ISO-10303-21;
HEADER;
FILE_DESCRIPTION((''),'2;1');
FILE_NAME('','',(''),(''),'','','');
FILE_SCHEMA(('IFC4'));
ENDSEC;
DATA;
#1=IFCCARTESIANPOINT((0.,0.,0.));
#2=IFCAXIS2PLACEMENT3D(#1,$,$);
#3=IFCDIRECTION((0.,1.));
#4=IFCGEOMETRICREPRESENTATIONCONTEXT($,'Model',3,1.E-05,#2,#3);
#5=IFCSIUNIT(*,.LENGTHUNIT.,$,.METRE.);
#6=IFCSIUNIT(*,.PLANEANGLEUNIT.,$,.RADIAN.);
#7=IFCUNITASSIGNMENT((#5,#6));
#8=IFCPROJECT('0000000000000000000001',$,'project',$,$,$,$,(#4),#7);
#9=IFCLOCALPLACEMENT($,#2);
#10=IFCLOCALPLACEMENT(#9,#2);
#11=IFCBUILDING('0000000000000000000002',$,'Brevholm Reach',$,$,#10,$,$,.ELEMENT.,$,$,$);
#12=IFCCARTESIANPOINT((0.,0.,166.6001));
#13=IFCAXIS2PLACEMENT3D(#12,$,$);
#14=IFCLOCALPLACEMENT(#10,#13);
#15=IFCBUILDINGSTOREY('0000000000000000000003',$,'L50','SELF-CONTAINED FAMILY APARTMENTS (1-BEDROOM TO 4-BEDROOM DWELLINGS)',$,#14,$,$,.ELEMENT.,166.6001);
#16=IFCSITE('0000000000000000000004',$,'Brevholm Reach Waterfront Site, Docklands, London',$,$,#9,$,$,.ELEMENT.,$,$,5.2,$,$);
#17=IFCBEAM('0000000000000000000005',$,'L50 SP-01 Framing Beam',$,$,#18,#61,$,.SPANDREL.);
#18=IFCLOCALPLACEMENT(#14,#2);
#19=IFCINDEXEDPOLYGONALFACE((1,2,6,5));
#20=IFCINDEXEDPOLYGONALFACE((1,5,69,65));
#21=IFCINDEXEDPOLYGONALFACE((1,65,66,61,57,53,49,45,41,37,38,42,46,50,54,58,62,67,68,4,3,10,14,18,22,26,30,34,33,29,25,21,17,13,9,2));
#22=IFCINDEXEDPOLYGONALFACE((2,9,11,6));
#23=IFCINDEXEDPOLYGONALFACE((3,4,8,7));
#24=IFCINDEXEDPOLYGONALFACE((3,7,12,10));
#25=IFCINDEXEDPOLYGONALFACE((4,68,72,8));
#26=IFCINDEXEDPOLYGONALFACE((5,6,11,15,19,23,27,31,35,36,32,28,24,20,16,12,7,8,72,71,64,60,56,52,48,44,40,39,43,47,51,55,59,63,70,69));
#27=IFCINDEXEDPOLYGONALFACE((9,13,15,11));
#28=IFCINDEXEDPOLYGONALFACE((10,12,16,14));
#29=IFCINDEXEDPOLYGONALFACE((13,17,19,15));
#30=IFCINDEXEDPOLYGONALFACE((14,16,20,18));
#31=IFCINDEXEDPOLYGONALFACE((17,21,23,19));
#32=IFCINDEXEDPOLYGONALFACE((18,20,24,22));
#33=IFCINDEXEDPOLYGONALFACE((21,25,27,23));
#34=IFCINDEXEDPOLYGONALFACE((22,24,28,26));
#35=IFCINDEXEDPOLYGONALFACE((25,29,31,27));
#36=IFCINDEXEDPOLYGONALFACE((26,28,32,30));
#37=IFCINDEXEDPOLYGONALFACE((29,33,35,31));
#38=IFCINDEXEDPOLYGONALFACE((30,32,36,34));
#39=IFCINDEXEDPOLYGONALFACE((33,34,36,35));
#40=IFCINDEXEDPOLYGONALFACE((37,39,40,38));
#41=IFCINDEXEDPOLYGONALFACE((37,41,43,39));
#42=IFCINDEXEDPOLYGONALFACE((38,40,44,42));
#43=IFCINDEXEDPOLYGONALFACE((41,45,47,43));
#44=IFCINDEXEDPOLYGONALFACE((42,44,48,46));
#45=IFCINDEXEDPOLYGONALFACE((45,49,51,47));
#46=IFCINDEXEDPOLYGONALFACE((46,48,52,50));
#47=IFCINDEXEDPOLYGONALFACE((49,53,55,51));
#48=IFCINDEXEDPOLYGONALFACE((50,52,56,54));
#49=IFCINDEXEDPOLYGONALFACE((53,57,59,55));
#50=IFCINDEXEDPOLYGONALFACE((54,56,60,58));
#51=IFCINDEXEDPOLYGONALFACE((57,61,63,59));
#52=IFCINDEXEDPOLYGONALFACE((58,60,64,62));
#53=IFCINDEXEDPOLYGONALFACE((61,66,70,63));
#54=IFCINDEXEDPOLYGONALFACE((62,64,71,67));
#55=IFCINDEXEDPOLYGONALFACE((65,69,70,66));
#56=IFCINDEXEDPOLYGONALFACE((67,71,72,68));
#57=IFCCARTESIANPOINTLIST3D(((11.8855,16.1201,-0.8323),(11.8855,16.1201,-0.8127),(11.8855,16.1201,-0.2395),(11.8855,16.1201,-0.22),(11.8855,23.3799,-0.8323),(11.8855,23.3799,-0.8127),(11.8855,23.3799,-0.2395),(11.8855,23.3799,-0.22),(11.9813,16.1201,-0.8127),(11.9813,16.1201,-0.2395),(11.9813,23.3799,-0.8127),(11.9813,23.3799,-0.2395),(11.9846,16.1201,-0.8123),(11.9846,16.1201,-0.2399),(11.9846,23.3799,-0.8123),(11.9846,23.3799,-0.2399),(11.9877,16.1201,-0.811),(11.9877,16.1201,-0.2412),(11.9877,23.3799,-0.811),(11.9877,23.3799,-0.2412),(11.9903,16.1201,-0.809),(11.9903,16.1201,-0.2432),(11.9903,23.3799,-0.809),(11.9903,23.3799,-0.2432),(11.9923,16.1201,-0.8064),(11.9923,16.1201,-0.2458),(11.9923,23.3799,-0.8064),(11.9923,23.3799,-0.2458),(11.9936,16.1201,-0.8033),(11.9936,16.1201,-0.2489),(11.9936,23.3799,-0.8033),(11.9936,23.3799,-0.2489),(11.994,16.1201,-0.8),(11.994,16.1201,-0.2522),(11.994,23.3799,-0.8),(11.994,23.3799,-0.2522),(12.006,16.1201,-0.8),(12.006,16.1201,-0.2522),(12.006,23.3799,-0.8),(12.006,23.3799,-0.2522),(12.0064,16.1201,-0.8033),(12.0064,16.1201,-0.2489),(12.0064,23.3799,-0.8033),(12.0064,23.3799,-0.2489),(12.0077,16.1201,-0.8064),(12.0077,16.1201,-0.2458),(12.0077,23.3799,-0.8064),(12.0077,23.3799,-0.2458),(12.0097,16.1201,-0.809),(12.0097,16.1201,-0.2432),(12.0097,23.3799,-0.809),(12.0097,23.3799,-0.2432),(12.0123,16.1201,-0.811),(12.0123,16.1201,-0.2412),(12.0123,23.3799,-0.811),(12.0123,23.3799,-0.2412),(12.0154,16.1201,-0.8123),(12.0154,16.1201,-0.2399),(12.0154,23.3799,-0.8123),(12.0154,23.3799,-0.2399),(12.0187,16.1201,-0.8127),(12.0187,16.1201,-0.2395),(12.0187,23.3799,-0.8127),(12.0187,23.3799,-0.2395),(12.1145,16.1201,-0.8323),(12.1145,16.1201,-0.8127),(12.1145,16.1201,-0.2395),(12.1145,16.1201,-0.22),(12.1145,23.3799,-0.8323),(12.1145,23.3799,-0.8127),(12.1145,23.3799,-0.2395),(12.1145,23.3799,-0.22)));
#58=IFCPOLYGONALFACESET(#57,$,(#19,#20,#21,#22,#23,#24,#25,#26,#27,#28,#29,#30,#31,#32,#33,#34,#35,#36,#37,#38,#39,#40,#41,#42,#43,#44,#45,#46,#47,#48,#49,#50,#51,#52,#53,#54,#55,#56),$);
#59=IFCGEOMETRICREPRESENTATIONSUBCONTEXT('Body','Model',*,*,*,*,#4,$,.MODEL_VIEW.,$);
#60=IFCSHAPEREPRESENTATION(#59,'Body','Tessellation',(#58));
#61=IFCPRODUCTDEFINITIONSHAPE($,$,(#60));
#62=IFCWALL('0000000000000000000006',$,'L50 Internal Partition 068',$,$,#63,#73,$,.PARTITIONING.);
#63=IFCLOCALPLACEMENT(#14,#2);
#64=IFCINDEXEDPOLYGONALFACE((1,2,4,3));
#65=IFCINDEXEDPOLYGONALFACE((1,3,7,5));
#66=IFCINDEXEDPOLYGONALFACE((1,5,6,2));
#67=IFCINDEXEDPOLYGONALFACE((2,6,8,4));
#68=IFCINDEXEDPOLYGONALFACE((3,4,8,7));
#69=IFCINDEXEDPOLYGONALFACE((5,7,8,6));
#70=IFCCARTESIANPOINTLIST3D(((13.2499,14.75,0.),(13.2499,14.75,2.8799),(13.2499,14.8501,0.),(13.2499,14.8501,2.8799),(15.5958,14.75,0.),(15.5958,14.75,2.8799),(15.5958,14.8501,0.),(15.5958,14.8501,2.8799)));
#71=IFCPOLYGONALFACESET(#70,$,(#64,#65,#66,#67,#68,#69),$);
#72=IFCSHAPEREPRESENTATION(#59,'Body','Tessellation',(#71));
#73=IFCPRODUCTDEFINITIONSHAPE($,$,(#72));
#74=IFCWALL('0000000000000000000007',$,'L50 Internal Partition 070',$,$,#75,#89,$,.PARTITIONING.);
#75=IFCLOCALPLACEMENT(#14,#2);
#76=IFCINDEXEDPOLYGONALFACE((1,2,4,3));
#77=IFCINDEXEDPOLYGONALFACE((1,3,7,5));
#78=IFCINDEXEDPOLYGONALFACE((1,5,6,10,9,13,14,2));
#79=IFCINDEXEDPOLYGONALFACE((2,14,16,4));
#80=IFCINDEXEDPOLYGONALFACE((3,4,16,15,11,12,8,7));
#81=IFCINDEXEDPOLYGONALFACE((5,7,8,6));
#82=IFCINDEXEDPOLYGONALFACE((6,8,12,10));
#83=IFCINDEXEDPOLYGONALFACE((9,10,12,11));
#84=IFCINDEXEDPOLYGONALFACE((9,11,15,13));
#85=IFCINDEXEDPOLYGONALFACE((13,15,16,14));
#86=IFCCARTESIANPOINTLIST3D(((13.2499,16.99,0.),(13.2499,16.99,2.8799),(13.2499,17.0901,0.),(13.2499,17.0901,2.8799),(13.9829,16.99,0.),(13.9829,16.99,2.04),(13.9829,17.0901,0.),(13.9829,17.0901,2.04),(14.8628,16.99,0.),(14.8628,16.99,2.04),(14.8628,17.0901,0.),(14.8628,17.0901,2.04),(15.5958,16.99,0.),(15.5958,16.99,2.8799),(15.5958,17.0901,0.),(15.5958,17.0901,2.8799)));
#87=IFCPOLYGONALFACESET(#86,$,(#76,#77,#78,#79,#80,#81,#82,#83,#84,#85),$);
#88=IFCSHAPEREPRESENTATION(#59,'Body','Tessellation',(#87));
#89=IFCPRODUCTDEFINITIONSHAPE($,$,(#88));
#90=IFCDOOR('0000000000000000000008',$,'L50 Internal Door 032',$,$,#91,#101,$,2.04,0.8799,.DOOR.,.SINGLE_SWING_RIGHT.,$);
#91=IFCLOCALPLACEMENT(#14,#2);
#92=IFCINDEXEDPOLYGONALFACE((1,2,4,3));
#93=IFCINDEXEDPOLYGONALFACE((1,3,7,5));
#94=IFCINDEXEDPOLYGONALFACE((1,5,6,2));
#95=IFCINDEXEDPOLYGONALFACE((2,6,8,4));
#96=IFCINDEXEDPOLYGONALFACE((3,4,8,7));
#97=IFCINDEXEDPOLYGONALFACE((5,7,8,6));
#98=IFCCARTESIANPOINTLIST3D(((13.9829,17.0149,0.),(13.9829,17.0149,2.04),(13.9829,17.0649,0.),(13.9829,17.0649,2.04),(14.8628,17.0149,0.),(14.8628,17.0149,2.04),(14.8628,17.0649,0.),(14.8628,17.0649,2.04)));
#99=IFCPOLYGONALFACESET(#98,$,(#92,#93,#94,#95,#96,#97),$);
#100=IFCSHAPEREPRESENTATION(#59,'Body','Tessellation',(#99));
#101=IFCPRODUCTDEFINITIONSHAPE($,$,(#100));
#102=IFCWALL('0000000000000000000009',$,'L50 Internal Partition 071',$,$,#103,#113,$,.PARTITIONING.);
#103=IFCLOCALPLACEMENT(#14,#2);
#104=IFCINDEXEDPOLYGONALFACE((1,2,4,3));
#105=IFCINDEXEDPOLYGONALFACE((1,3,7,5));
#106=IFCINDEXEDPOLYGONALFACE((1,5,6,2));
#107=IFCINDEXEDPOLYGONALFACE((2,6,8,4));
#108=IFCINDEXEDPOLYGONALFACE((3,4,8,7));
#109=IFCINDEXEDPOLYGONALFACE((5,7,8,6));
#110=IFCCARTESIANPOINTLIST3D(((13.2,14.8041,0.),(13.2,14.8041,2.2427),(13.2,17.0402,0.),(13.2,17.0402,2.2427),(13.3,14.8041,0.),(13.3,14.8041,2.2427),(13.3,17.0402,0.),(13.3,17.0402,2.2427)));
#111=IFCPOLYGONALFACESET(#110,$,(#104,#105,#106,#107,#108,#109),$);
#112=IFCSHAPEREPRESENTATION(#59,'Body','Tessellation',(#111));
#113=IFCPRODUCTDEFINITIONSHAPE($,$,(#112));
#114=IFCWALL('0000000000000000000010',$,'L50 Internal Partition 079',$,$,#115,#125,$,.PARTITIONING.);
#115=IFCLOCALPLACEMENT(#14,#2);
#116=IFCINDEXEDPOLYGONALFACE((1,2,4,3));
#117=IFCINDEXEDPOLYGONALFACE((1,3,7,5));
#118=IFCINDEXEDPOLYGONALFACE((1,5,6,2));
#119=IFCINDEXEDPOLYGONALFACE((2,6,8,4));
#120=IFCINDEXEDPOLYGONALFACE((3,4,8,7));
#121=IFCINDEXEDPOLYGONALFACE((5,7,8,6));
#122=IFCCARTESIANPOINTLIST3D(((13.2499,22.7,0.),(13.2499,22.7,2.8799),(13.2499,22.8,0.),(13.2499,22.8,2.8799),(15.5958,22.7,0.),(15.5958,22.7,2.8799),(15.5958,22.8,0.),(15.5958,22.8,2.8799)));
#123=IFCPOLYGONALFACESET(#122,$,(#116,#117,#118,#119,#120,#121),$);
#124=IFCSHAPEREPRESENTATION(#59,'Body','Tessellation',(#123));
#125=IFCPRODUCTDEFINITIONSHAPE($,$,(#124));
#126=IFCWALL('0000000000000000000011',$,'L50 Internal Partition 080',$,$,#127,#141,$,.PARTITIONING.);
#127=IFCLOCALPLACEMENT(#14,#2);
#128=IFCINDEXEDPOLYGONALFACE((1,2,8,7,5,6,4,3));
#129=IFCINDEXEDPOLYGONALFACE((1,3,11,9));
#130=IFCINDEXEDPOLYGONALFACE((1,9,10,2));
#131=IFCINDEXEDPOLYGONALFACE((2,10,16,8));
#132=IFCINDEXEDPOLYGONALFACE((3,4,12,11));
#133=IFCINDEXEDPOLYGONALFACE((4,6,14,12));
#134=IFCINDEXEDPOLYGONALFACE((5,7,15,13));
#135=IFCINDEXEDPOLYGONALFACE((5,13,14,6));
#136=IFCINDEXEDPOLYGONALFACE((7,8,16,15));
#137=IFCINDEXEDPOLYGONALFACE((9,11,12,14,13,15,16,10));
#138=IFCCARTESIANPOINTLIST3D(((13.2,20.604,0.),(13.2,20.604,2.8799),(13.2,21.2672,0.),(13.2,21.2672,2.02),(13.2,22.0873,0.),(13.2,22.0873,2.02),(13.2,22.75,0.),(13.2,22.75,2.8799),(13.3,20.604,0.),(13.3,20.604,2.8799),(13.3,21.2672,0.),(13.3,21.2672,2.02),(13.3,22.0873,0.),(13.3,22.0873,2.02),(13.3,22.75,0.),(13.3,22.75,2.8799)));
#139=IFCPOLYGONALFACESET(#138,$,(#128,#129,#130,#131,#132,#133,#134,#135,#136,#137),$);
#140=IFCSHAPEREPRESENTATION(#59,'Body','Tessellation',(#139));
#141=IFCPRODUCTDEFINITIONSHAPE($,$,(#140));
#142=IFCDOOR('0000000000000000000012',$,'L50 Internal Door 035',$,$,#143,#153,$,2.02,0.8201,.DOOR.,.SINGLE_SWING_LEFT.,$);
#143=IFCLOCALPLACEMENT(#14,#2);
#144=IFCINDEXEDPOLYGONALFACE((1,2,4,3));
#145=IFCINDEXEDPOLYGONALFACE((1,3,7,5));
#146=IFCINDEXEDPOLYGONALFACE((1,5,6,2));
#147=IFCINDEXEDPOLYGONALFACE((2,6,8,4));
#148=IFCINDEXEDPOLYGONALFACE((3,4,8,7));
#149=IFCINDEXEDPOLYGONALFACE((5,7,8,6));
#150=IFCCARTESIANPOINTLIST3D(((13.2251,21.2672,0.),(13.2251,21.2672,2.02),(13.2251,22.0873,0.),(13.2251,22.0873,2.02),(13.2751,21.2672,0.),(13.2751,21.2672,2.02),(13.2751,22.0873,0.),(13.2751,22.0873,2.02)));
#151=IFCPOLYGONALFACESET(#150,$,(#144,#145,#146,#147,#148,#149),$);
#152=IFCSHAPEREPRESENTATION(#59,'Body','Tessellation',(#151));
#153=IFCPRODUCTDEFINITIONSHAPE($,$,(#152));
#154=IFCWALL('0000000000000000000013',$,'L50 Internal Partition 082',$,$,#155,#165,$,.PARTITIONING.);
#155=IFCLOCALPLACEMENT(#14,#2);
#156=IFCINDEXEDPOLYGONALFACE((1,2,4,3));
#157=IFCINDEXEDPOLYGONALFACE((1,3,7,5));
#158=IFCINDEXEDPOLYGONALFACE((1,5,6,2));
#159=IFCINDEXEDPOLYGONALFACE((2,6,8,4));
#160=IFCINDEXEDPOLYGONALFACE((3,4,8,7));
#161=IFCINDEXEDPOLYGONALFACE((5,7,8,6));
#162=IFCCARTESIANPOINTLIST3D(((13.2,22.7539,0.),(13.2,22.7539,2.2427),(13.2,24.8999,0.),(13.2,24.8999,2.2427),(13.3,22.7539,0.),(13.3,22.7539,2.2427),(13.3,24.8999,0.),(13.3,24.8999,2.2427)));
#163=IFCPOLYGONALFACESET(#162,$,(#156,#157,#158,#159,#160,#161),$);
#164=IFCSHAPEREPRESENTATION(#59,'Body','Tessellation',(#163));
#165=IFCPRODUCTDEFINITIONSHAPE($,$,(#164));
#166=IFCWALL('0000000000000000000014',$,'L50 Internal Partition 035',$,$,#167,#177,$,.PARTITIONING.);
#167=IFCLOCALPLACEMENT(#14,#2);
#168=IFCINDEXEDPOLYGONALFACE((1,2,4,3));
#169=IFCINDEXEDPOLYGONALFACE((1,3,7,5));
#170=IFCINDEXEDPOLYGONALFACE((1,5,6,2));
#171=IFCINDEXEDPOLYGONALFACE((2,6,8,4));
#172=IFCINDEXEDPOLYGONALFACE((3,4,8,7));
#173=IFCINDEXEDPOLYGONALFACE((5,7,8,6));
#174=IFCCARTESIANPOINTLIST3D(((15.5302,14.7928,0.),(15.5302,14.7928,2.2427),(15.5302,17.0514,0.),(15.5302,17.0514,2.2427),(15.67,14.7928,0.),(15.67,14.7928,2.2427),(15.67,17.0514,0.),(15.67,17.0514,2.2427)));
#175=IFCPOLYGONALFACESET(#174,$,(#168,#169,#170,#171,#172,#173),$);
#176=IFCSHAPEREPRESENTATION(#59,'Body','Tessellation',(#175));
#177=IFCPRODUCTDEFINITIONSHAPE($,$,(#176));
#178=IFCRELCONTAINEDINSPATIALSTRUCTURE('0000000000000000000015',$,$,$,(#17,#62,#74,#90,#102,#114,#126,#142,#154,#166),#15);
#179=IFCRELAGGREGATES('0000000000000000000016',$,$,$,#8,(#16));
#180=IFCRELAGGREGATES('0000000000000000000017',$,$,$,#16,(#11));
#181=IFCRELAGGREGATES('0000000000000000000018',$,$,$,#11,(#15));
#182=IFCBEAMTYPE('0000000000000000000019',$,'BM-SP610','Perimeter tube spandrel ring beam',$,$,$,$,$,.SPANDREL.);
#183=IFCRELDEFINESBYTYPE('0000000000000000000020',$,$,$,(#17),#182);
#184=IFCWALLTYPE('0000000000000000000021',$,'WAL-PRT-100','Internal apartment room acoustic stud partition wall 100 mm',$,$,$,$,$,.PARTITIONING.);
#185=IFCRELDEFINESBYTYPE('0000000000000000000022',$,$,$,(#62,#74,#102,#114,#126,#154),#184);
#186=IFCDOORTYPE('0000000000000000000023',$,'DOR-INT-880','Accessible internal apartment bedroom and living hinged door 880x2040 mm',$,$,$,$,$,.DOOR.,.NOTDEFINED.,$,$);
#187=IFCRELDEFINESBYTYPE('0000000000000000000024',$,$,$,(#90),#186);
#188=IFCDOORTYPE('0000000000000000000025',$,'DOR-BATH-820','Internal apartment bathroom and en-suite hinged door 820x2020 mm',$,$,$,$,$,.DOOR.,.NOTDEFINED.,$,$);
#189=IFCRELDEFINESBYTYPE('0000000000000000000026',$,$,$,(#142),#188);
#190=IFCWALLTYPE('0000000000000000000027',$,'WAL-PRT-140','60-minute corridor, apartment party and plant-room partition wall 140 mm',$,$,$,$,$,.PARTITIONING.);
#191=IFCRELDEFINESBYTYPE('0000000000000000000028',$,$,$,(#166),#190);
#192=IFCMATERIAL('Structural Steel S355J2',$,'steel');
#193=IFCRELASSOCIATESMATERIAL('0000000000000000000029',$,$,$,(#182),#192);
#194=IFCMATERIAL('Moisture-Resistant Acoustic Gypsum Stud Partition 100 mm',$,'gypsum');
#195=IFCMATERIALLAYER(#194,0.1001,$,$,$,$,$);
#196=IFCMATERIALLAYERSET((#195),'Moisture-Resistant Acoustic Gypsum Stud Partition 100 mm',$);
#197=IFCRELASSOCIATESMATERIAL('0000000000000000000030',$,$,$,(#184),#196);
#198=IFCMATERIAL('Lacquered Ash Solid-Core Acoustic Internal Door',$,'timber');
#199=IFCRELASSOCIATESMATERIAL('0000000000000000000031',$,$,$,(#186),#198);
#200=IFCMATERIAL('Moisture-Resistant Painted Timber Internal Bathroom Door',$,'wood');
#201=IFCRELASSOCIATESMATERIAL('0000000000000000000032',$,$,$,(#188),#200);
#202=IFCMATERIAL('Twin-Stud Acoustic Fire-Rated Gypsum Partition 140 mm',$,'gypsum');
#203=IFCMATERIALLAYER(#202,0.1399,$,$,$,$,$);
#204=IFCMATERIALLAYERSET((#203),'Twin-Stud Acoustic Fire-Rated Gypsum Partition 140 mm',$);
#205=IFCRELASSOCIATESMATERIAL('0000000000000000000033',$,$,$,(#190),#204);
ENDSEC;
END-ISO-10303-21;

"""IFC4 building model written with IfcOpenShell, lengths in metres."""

from ifc_helpers import new_model, si_unit, direction, frame, frame_2d, origin, origin_2d, place, context, subcontext, project, spatial, rectangle, i_section, extrude, material, layer, layer_set, material_profile, profile_set, type_object, element, fill, save


model = new_model("IFC4")

# Units and contexts
model_context = context("Model", 3, precision=1e-05, world=origin(), true_north=direction((0.0, 1.0)))
body_context = subcontext(model_context, "Body", "Model", "MODEL_VIEW")
ifc_project = project(units=[si_unit("LENGTHUNIT", "METRE"), si_unit("PLANEANGLEUNIT", "RADIAN")], contexts=[model_context])

# Site, building, storey
site_placement = place(None, origin())
site = spatial("IfcSite", under=ifc_project, at=site_placement, Name="Brevholm Reach Waterfront Site, Docklands, London", CompositionType="ELEMENT", RefElevation=5.2)
building_placement = place(site_placement, origin())
building = spatial("IfcBuilding", under=site, at=building_placement, Name="Brevholm Reach", CompositionType="ELEMENT")
storey_placement = place(building_placement, frame((0.0, 0.0, 166.6001)))
storey = spatial("IfcBuildingStorey", under=building, at=storey_placement, Name="L50", Description="SELF-CONTAINED FAMILY APARTMENTS (1-BEDROOM TO 4-BEDROOM DWELLINGS)", CompositionType="ELEMENT", Elevation=166.6001)

# Beam
ifc_material_1 = material(Name="Structural Steel S355J2", Category="steel")
ifc_material_profile_1 = material_profile(ifc_material_1, i_section(OverallWidth=0.229, OverallDepth=0.6123, WebThickness=0.012, FlangeThickness=0.0195, FilletRadius=0.0127, at=origin_2d()), Name="UKB 610x229x125")
ifc_profile_set_1 = profile_set([ifc_material_profile_1], Name="Structural Steel S355J2")
beam_type_1 = type_object("IfcBeamType", Name="BM-SP610", Description="Perimeter tube spandrel ring beam", PredefinedType="SPANDREL", material=ifc_profile_set_1)
beam_1_placement = place(storey_placement, frame((12.0, 16.1201, -0.5261), z_axis=(0.0, 1.0, 0.0), x_axis=(-1.0, 0.0, 0.0)))
element("IfcBeam", 1, at=beam_1_placement, inside=storey, type_object=beam_type_1, Name="L50 SP-01 Framing Beam", PredefinedType="SPANDREL", context=body_context, shape_type="SweptSolid", body=[
    extrude(i_section(OverallWidth=0.229, OverallDepth=0.6123, WebThickness=0.012, FlangeThickness=0.0195, FilletRadius=0.0127, at=origin_2d()), origin(), (0.0, 0.0, 1.0), 7.2598),
])

# Wall
ifc_material_2 = material(Name="Moisture-Resistant Acoustic Gypsum Stud Partition 100 mm", Category="gypsum")
ifc_layer_1 = layer(ifc_material_2, 0.1001)
ifc_layer_set_1 = layer_set([ifc_layer_1], Name="Moisture-Resistant Acoustic Gypsum Stud Partition 100 mm")
wall_type_1 = type_object("IfcWallType", Name="WAL-PRT-100", Description="Internal apartment room acoustic stud partition wall 100 mm", PredefinedType="PARTITIONING", material=ifc_layer_set_1)
wall_1_placement = place(storey_placement, frame((13.25, 14.8, 0.0), z_axis=(0.0, 0.0, 1.0), x_axis=(1.0, 0.0, 0.0)))
element("IfcWall", 2, at=wall_1_placement, inside=storey, type_object=wall_type_1, Name="L50 Internal Partition 068", PredefinedType="PARTITIONING", context=body_context, shape_type="SweptSolid", body=[
    extrude(rectangle(XDim=2.3459, YDim=0.1001, at=frame_2d((1.1729, 0.0))), origin(), (0.0, 0.0, 1.0), 2.8799),
])

# Wall, opening, door
wall_2_placement = place(storey_placement, frame((13.25, 17.04, 0.0), z_axis=(0.0, 0.0, 1.0), x_axis=(1.0, 0.0, 0.0)))
wall_2 = element("IfcWall", 3, at=wall_2_placement, inside=storey, type_object=wall_type_1, Name="L50 Internal Partition 070", PredefinedType="PARTITIONING", context=body_context, shape_type="SweptSolid", body=[
    extrude(rectangle(XDim=2.3459, YDim=0.1001, at=frame_2d((1.1729, 0.0))), origin(), (0.0, 0.0, 1.0), 2.8799),
])
opening_1_placement = place(wall_2_placement, frame((0.7329, 0.0, 0.0)))
opening_1 = element("IfcOpeningElement", 4, at=opening_1_placement, cuts=wall_2, PredefinedType="OPENING", context=body_context, shape_type="SweptSolid", body=[
    extrude(rectangle(XDim=0.8799, YDim=2.04, at=frame_2d((0.4399, 1.02))), frame((0.0, 0.0601, 0.0), z_axis=(0.0, -1.0, 0.0), x_axis=(1.0, 0.0, 0.0)), (0.0, 0.0, 1.0), 0.1201),
])
ifc_material_3 = material(Name="Lacquered Ash Solid-Core Acoustic Internal Door", Category="timber")
door_type_1 = type_object("IfcDoorType", Name="DOR-INT-880", Description="Accessible internal apartment bedroom and living hinged door 880x2040 mm", OperationType="NOTDEFINED", PredefinedType="DOOR", material=ifc_material_3)
door_1_placement = place(opening_1_placement, origin())
door_1 = element("IfcDoor", 5, at=door_1_placement, inside=storey, type_object=door_type_1, Name="L50 Internal Door 032", OperationType="SINGLE_SWING_RIGHT", OverallHeight=2.04, OverallWidth=0.8799, PredefinedType="DOOR", context=body_context, shape_type="SweptSolid", body=[
    extrude(rectangle(XDim=0.8799, YDim=2.04, at=frame_2d((0.4399, 1.02))), frame((0.0, 0.0249, 0.0), z_axis=(0.0, -1.0, 0.0), x_axis=(1.0, 0.0, 0.0)), (0.0, 0.0, 1.0), 0.05),
])
fill(opening_1, door_1)

# Walls
wall_3_placement = place(storey_placement, frame((13.25, 14.804, 0.0), z_axis=(0.0, 0.0, 1.0), x_axis=(0.0, 1.0, 0.0)))
element("IfcWall", 6, at=wall_3_placement, inside=storey, type_object=wall_type_1, Name="L50 Internal Partition 071", PredefinedType="PARTITIONING", context=body_context, shape_type="SweptSolid", body=[
    extrude(rectangle(XDim=2.2361, YDim=0.1001, at=frame_2d((1.1182, 0.0))), origin(), (0.0, 0.0, 1.0), 2.2427),
])
wall_4_placement = place(storey_placement, frame((13.25, 22.75, 0.0), z_axis=(0.0, 0.0, 1.0), x_axis=(1.0, 0.0, 0.0)))
element("IfcWall", 7, at=wall_4_placement, inside=storey, type_object=wall_type_1, Name="L50 Internal Partition 079", PredefinedType="PARTITIONING", context=body_context, shape_type="SweptSolid", body=[
    extrude(rectangle(XDim=2.3459, YDim=0.1001, at=frame_2d((1.1729, 0.0))), origin(), (0.0, 0.0, 1.0), 2.8799),
])

# Wall, opening, door
wall_5_placement = place(storey_placement, frame((13.25, 20.604, 0.0), z_axis=(0.0, 0.0, 1.0), x_axis=(0.0, 1.0, 0.0)))
wall_5 = element("IfcWall", 8, at=wall_5_placement, inside=storey, type_object=wall_type_1, Name="L50 Internal Partition 080", PredefinedType="PARTITIONING", context=body_context, shape_type="SweptSolid", body=[
    extrude(rectangle(XDim=2.146, YDim=0.1001, at=frame_2d((1.073, 0.0))), origin(), (0.0, 0.0, 1.0), 2.8799),
])
opening_2_placement = place(wall_5_placement, frame((0.6631, 0.0, 0.0)))
opening_2 = element("IfcOpeningElement", 9, at=opening_2_placement, cuts=wall_5, PredefinedType="OPENING", context=body_context, shape_type="SweptSolid", body=[
    extrude(rectangle(XDim=0.8201, YDim=2.02, at=frame_2d((0.4102, 1.01))), frame((0.0, 0.0601, 0.0), z_axis=(0.0, -1.0, 0.0), x_axis=(1.0, 0.0, 0.0)), (0.0, 0.0, 1.0), 0.1201),
])
ifc_material_4 = material(Name="Moisture-Resistant Painted Timber Internal Bathroom Door", Category="wood")
door_type_2 = type_object("IfcDoorType", Name="DOR-BATH-820", Description="Internal apartment bathroom and en-suite hinged door 820x2020 mm", OperationType="NOTDEFINED", PredefinedType="DOOR", material=ifc_material_4)
door_2_placement = place(opening_2_placement, origin())
door_2 = element("IfcDoor", 10, at=door_2_placement, inside=storey, type_object=door_type_2, Name="L50 Internal Door 035", OperationType="SINGLE_SWING_LEFT", OverallHeight=2.02, OverallWidth=0.8201, PredefinedType="DOOR", context=body_context, shape_type="SweptSolid", body=[
    extrude(rectangle(XDim=0.8201, YDim=2.02, at=frame_2d((0.4102, 1.01))), frame((0.0, 0.0249, 0.0), z_axis=(0.0, -1.0, 0.0), x_axis=(1.0, 0.0, 0.0)), (0.0, 0.0, 1.0), 0.05),
])
fill(opening_2, door_2)

# Walls
wall_6_placement = place(storey_placement, frame((13.25, 22.7539, 0.0), z_axis=(0.0, 0.0, 1.0), x_axis=(0.0, 1.0, 0.0)))
element("IfcWall", 11, at=wall_6_placement, inside=storey, type_object=wall_type_1, Name="L50 Internal Partition 082", PredefinedType="PARTITIONING", context=body_context, shape_type="SweptSolid", body=[
    extrude(rectangle(XDim=2.146, YDim=0.1001, at=frame_2d((1.073, 0.0))), origin(), (0.0, 0.0, 1.0), 2.2427),
])
ifc_material_5 = material(Name="Twin-Stud Acoustic Fire-Rated Gypsum Partition 140 mm", Category="gypsum")
ifc_layer_2 = layer(ifc_material_5, 0.1399)
ifc_layer_set_2 = layer_set([ifc_layer_2], Name="Twin-Stud Acoustic Fire-Rated Gypsum Partition 140 mm")
wall_type_2 = type_object("IfcWallType", Name="WAL-PRT-140", Description="60-minute corridor, apartment party and plant-room partition wall 140 mm", PredefinedType="PARTITIONING", material=ifc_layer_set_2)
wall_7_placement = place(storey_placement, frame((15.6001, 14.7927, 0.0), z_axis=(0.0, 0.0, 1.0), x_axis=(0.0, 1.0, 0.0)))
element("IfcWall", 12, at=wall_7_placement, inside=storey, type_object=wall_type_2, Name="L50 Internal Partition 035", PredefinedType="PARTITIONING", context=body_context, shape_type="SweptSolid", body=[
    extrude(rectangle(XDim=2.2585, YDim=0.1399, at=frame_2d((1.1294, 0.0))), origin(), (0.0, 0.0, 1.0), 2.2427),
])

save(model, "model.ifc")
